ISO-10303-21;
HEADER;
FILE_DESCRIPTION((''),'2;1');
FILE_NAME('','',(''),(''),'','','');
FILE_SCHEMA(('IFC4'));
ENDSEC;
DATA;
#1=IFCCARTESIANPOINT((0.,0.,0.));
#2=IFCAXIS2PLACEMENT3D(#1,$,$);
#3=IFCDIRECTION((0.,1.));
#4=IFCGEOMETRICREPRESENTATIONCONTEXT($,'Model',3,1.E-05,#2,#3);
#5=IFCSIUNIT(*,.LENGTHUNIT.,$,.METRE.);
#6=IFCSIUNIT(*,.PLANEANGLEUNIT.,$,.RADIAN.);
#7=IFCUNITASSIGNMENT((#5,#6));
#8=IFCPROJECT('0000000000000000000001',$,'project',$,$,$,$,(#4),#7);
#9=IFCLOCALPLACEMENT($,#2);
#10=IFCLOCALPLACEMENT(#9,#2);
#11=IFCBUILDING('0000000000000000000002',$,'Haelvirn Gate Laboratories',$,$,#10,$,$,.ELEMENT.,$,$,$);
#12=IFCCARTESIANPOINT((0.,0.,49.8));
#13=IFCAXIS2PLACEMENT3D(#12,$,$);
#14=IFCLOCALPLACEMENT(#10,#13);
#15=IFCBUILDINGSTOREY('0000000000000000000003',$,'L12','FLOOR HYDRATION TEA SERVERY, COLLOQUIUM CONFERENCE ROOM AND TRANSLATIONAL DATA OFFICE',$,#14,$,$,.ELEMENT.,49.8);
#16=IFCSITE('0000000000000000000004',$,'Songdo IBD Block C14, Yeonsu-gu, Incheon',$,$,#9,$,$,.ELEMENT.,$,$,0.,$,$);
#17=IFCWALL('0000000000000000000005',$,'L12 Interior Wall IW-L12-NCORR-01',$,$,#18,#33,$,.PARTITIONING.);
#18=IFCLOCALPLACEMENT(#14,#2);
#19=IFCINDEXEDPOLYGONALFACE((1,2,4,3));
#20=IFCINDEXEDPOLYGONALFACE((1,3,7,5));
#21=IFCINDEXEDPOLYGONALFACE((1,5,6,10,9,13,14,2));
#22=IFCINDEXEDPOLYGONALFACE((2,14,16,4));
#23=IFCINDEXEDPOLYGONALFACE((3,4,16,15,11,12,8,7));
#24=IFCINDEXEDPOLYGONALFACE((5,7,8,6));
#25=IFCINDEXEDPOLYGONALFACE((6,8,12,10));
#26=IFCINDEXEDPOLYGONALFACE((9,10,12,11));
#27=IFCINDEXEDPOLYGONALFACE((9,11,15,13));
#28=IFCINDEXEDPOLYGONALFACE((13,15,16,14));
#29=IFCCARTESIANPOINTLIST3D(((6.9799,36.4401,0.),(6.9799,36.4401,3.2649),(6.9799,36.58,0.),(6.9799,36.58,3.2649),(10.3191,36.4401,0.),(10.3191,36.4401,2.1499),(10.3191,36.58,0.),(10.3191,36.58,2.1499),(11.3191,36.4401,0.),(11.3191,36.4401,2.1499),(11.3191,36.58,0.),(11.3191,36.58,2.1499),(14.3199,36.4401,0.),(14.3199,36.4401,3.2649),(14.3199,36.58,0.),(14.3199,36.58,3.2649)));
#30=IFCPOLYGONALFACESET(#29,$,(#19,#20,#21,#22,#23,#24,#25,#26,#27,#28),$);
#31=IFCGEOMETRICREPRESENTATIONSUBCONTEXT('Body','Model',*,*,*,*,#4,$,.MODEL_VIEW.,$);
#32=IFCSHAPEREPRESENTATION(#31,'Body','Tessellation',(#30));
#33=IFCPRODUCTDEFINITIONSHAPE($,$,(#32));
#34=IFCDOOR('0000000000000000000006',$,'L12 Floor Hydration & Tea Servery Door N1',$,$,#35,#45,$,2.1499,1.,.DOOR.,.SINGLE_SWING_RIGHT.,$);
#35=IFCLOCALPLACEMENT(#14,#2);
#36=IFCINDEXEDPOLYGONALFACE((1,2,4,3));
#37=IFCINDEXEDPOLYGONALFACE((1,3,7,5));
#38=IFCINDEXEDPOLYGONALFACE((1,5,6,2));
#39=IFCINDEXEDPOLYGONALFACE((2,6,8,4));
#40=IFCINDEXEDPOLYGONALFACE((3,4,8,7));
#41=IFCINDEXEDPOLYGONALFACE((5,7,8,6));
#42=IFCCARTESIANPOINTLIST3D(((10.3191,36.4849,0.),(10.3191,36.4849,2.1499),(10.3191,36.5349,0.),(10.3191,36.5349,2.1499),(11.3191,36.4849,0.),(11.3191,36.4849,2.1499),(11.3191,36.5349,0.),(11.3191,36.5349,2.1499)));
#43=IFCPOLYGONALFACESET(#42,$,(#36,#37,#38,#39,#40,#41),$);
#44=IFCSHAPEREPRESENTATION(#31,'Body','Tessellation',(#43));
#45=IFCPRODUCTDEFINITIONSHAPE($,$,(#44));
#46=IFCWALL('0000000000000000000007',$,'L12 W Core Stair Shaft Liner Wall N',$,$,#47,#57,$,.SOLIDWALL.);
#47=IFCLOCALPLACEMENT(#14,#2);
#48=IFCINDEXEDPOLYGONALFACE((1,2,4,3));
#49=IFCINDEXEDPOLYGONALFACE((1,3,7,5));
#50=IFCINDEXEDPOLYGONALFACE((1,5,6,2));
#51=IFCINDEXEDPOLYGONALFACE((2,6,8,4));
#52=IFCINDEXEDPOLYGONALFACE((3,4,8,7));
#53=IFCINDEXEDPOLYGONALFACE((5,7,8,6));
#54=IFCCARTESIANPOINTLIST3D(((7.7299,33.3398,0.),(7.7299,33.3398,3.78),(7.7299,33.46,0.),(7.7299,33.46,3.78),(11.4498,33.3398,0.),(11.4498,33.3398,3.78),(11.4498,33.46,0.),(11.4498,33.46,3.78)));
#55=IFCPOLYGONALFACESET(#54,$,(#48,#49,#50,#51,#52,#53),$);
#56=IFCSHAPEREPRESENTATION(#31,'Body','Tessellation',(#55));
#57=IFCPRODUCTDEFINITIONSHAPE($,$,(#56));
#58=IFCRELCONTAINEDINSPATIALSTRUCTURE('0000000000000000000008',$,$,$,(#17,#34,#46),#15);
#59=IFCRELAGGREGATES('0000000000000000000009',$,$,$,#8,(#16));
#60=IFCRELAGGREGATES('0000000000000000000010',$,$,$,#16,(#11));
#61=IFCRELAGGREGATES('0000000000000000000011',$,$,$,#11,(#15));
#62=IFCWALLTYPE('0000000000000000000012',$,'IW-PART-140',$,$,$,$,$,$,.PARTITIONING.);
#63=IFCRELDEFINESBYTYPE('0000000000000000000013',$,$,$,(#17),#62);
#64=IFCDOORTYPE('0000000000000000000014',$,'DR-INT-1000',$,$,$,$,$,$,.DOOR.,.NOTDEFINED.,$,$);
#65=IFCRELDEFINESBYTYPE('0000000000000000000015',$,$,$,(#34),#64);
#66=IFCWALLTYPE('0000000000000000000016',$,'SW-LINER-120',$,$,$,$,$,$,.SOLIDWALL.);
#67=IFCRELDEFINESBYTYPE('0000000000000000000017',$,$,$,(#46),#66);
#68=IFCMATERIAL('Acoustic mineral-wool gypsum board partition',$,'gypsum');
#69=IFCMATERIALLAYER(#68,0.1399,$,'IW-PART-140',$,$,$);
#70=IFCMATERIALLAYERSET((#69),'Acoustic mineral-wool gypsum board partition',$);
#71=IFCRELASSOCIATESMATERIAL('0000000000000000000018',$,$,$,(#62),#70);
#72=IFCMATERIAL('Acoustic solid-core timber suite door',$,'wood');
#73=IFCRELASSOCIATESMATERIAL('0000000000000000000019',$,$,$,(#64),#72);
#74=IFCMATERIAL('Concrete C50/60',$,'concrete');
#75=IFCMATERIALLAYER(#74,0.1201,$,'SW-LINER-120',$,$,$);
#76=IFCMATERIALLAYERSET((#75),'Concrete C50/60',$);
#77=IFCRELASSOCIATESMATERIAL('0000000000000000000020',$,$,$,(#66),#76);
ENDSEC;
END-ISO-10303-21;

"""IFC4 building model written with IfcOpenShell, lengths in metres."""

from ifc_helpers import new_model, si_unit, direction, frame, frame_2d, origin, place, context, subcontext, project, spatial, rectangle, extrude, source, transform, mapped, material, layer, layer_set, type_object, type_shapes, element, fill, save


model = new_model("IFC4")

# Units and contexts
model_context = context("Model", 3, precision=1e-05, world=origin(), true_north=direction((0.0, 1.0)))
body_context = subcontext(model_context, "Body", "Model", "MODEL_VIEW")
ifc_project = project(units=[si_unit("LENGTHUNIT", "METRE"), si_unit("PLANEANGLEUNIT", "RADIAN")], contexts=[model_context])

# Site, building, storey
site_placement = place(None, origin())
site = spatial("IfcSite", under=ifc_project, at=site_placement, Name="Songdo IBD Block C14, Yeonsu-gu, Incheon", CompositionType="ELEMENT", RefElevation=0.0)
building_placement = place(site_placement, origin())
building = spatial("IfcBuilding", under=site, at=building_placement, Name="Haelvirn Gate Laboratories", CompositionType="ELEMENT")
storey_placement = place(building_placement, frame((0.0, 0.0, 49.8)))
storey = spatial("IfcBuildingStorey", under=building, at=storey_placement, Name="L12", Description="FLOOR HYDRATION TEA SERVERY, COLLOQUIUM CONFERENCE ROOM AND TRANSLATIONAL DATA OFFICE", CompositionType="ELEMENT", Elevation=49.8)

# Wall, opening, door
ifc_material_1 = material(Name="Acoustic mineral-wool gypsum board partition", Category="gypsum")
ifc_layer_1 = layer(ifc_material_1, 0.1399, Name="IW-PART-140")
ifc_layer_set_1 = layer_set([ifc_layer_1], Name="Acoustic mineral-wool gypsum board partition")
wall_type_1 = type_object("IfcWallType", Name="IW-PART-140", PredefinedType="PARTITIONING", material=ifc_layer_set_1)
wall_1_placement = place(storey_placement, frame((6.98, 36.51, 0.0), z_axis=(0.0, 0.0, 1.0), x_axis=(1.0, 0.0, 0.0)))
wall_1 = element("IfcWall", 1, at=wall_1_placement, inside=storey, type_object=wall_type_1, Name="L12 Interior Wall IW-L12-NCORR-01", PredefinedType="PARTITIONING", context=body_context, shape_type="SweptSolid", body=[
    extrude(rectangle(XDim=7.3401, YDim=0.1399, at=frame_2d((3.6699, 0.0))), origin(), (0.0, 0.0, 1.0), 3.2649),
])
opening_1_placement = place(wall_1_placement, frame((3.3391, 0.0, 0.0)))
opening_1 = element("IfcOpeningElement", 2, at=opening_1_placement, cuts=wall_1, PredefinedType="OPENING", context=body_context, shape_type="SweptSolid", body=[
    extrude(rectangle(XDim=1.0, YDim=2.1499, at=frame_2d((0.5, 1.075))), frame((0.0, 0.0801, 0.0), z_axis=(0.0, -1.0, 0.0), x_axis=(1.0, 0.0, 0.0)), (0.0, 0.0, 1.0), 0.1599),
])
ifc_material_2 = material(Name="Acoustic solid-core timber suite door", Category="wood")
door_type_1 = type_object("IfcDoorType", Name="DR-INT-1000", OperationType="NOTDEFINED", PredefinedType="DOOR", material=ifc_material_2)
shared_shape_1 = source(origin(), body_context, "Body", "SweptSolid", [
    extrude(rectangle(XDim=1.0, YDim=2.1499, at=frame_2d((0.5, 1.075))), frame((0.0, 0.0249, 0.0), z_axis=(0.0, -1.0, 0.0), x_axis=(1.0, 0.0, 0.0)), (0.0, 0.0, 1.0), 0.05),
])
type_shapes(door_type_1, [shared_shape_1])
door_1_placement = place(opening_1_placement, origin())
door_1 = element("IfcDoor", 3, at=door_1_placement, inside=storey, type_object=door_type_1, Name="L12 Floor Hydration & Tea Servery Door N1", OperationType="SINGLE_SWING_RIGHT", OverallHeight=2.1499, OverallWidth=1.0, PredefinedType="DOOR", context=body_context, shape_type="MappedRepresentation", body=[
    mapped(shared_shape_1, transform((0.0, 0.0, 0.0), scale=1.0)),
])
fill(opening_1, door_1)

# Wall
ifc_material_3 = material(Name="Concrete C50/60", Category="concrete")
ifc_layer_2 = layer(ifc_material_3, 0.1201, Name="SW-LINER-120")
ifc_layer_set_2 = layer_set([ifc_layer_2], Name="Concrete C50/60")
wall_type_2 = type_object("IfcWallType", Name="SW-LINER-120", PredefinedType="SOLIDWALL", material=ifc_layer_set_2)
wall_2_placement = place(storey_placement, frame((7.73, 33.3999, 0.0), z_axis=(0.0, 0.0, 1.0), x_axis=(1.0, 0.0, 0.0)))
element("IfcWall", 4, at=wall_2_placement, inside=storey, type_object=wall_type_2, Name="L12 W Core Stair Shaft Liner Wall N", PredefinedType="SOLIDWALL", context=body_context, shape_type="SweptSolid", body=[
    extrude(rectangle(XDim=3.72, YDim=0.1201, at=frame_2d((1.8599, 0.0))), origin(), (0.0, 0.0, 1.0), 3.78),
])

save(model, "model.ifc")
